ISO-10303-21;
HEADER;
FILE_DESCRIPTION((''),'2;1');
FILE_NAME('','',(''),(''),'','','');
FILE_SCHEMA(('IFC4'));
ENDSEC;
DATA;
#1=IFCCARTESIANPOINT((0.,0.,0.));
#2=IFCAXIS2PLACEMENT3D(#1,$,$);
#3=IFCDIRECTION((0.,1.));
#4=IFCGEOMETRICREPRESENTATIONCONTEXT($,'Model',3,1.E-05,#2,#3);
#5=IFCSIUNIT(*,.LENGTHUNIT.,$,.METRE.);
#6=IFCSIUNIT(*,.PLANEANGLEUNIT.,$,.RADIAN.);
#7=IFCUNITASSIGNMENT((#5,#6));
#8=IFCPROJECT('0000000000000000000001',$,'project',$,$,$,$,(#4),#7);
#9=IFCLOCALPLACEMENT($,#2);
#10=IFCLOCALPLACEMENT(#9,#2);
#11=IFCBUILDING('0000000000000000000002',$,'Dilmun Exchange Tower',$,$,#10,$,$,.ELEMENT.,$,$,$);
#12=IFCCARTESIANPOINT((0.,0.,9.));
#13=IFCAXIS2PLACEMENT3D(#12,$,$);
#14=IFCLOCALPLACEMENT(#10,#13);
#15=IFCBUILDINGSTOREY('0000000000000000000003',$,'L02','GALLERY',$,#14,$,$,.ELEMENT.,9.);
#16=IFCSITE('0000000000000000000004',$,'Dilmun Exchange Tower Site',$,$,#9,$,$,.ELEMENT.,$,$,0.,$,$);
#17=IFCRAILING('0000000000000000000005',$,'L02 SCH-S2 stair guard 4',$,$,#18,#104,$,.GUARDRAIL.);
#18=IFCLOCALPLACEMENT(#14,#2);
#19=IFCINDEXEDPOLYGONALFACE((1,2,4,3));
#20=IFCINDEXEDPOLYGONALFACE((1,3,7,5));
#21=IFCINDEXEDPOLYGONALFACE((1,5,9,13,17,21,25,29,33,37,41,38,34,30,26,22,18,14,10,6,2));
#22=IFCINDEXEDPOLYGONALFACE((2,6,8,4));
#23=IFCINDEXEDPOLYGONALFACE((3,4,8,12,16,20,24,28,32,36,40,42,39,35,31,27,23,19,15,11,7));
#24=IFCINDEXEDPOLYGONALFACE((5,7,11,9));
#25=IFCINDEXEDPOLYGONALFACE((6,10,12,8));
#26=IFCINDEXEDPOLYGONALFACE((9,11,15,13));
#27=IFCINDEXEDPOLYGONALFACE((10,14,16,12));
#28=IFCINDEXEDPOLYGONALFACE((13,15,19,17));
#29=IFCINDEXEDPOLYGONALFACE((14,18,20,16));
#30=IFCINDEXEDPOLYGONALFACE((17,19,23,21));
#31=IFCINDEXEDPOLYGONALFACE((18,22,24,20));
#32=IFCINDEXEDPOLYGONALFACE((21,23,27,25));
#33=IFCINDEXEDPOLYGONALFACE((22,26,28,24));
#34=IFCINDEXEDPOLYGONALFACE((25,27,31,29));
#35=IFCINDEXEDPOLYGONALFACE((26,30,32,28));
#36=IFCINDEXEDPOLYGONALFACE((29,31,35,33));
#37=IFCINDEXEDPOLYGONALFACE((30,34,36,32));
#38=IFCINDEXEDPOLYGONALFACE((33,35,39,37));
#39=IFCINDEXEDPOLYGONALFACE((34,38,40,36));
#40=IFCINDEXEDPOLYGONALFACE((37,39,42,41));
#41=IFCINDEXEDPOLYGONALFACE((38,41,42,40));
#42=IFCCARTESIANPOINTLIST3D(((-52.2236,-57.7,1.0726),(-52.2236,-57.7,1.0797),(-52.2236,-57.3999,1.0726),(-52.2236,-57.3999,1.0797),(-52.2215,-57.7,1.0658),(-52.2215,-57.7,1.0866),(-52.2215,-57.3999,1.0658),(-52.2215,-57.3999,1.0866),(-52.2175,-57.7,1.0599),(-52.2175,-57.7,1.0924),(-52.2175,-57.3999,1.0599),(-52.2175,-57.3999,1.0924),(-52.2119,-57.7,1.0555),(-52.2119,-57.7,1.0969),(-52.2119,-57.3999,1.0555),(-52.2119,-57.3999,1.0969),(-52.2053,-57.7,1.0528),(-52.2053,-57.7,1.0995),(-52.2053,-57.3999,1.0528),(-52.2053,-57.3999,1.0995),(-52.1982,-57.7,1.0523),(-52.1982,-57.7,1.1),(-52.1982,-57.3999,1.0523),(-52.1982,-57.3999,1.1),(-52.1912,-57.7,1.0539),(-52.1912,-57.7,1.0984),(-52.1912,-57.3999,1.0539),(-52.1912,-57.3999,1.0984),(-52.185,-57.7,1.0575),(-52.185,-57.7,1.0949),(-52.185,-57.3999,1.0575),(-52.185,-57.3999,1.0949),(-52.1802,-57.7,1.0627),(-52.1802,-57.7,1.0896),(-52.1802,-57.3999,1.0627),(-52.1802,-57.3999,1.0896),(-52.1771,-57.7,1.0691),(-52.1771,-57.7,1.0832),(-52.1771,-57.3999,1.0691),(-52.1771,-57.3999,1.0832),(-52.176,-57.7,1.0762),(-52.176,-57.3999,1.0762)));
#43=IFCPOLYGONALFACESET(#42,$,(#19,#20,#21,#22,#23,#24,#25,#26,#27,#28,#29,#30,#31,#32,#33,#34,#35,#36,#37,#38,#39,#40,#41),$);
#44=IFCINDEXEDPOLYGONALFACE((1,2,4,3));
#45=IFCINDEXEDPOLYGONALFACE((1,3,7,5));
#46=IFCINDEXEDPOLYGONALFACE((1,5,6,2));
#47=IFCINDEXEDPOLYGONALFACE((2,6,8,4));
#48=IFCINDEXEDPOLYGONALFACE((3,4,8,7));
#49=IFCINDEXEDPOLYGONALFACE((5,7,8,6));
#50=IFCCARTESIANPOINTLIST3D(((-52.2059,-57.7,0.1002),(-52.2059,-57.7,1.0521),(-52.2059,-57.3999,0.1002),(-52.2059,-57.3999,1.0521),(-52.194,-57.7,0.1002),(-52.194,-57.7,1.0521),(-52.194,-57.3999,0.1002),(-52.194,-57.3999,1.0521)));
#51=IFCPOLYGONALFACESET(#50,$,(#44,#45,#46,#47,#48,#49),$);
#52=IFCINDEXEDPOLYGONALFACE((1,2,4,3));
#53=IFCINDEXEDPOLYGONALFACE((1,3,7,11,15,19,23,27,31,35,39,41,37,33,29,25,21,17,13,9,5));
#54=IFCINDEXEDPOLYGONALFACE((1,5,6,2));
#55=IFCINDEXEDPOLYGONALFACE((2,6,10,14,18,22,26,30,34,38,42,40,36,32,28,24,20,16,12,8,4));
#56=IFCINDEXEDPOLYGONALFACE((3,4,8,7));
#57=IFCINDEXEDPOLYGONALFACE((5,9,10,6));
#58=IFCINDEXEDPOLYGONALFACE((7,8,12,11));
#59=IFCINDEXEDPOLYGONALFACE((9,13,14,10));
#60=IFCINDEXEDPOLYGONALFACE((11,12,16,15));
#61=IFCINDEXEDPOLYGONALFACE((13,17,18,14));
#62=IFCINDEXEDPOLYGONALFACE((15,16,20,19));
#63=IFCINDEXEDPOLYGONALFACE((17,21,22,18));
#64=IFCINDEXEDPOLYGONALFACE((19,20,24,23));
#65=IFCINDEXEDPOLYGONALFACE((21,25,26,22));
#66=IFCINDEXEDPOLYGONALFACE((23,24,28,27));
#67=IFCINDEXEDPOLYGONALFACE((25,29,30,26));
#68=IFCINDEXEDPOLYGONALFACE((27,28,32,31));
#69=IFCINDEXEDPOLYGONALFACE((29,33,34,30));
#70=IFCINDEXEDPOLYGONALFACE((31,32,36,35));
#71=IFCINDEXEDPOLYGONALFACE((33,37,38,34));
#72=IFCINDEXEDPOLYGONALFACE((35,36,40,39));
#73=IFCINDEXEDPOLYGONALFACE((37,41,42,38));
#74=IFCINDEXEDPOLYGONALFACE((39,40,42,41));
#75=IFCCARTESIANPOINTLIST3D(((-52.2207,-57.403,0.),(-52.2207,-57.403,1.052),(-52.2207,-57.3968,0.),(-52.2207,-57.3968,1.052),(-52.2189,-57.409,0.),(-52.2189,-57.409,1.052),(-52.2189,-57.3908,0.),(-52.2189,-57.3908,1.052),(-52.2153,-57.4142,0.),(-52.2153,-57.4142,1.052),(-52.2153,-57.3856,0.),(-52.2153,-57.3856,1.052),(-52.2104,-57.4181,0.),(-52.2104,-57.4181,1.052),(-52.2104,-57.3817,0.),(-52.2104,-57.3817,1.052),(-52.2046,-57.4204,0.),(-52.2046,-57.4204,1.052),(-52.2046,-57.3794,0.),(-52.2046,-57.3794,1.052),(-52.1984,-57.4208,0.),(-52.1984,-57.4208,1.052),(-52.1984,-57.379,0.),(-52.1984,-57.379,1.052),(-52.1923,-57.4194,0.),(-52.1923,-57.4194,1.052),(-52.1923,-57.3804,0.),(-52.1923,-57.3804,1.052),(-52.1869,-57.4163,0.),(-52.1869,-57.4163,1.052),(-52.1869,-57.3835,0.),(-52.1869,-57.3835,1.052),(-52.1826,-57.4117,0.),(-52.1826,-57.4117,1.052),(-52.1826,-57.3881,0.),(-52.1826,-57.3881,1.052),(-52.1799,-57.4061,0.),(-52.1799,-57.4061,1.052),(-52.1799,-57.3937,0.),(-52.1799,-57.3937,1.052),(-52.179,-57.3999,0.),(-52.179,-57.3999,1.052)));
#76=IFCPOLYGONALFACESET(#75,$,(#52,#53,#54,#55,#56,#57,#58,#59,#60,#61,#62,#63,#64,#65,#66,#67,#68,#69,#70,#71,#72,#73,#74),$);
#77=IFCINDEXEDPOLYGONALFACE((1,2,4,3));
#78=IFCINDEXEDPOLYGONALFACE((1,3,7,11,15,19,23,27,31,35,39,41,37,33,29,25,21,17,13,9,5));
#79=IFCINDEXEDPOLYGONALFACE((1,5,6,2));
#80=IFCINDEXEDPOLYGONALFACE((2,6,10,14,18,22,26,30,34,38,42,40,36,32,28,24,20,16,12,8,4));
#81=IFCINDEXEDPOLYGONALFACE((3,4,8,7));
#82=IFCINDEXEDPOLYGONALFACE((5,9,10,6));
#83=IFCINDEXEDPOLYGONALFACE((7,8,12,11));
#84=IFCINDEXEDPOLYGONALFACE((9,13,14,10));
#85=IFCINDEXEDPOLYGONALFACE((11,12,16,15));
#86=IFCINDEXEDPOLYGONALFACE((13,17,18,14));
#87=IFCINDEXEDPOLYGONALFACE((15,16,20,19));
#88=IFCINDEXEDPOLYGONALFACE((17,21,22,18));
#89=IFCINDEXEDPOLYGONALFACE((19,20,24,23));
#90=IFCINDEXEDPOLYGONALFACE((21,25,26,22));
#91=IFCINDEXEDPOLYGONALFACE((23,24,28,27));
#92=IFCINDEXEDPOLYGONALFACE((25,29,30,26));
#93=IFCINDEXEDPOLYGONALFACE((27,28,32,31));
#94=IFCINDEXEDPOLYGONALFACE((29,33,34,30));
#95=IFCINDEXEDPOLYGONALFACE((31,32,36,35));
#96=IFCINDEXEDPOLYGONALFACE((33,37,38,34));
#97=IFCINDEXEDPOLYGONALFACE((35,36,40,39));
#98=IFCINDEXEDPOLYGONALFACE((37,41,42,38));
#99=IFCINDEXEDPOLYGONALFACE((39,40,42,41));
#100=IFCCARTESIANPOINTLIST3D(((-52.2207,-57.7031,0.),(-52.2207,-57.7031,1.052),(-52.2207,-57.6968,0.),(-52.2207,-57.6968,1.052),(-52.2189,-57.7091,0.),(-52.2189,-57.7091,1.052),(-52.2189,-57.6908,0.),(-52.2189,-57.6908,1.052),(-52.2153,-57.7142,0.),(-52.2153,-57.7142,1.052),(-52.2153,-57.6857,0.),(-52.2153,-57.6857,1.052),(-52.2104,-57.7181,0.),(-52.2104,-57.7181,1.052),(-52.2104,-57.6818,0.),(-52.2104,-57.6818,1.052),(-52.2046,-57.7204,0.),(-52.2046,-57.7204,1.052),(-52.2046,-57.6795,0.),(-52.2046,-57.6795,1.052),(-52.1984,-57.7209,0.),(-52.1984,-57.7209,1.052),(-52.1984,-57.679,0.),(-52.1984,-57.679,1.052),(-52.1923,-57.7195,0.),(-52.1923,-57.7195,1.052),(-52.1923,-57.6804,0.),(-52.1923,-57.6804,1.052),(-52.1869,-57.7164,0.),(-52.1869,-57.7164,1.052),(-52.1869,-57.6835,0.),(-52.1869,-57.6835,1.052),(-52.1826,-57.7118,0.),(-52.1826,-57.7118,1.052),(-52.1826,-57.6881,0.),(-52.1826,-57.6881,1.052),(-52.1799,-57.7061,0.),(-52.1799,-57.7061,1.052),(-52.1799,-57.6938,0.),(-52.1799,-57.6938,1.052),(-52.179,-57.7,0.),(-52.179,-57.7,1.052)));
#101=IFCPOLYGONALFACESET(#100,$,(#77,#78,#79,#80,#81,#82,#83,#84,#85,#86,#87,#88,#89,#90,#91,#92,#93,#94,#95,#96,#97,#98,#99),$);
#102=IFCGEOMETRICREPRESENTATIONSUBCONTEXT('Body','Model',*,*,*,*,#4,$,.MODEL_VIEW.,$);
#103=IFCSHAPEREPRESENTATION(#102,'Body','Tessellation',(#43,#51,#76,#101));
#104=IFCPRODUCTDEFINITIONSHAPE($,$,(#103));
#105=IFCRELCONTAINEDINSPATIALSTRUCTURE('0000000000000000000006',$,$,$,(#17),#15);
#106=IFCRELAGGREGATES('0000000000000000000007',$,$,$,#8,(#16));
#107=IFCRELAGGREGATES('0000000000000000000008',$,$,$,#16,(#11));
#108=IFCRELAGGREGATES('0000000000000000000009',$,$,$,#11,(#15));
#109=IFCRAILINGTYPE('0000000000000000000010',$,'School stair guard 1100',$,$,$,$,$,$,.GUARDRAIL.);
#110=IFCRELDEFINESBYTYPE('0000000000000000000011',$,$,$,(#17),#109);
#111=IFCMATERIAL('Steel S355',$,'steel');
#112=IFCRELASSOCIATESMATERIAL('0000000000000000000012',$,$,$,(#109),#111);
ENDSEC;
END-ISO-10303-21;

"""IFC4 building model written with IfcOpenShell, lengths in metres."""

from ifc_helpers import new_model, si_unit, direction, frame, origin, origin_2d, place, context, subcontext, project, spatial, rectangle, circle, extrude, material, type_object, element, save


model = new_model("IFC4")

# Units and contexts
model_context = context("Model", 3, precision=1e-05, world=origin(), true_north=direction((0.0, 1.0)))
body_context = subcontext(model_context, "Body", "Model", "MODEL_VIEW")
ifc_project = project(units=[si_unit("LENGTHUNIT", "METRE"), si_unit("PLANEANGLEUNIT", "RADIAN")], contexts=[model_context])

# Site, building, storey
site_placement = place(None, origin())
site = spatial("IfcSite", under=ifc_project, at=site_placement, Name="Dilmun Exchange Tower Site", CompositionType="ELEMENT", RefElevation=0.0)
building_placement = place(site_placement, origin())
building = spatial("IfcBuilding", under=site, at=building_placement, Name="Dilmun Exchange Tower", CompositionType="ELEMENT")
storey_placement = place(building_placement, frame((0.0, 0.0, 9.0)))
storey = spatial("IfcBuildingStorey", under=building, at=storey_placement, Name="L02", Description="GALLERY", CompositionType="ELEMENT", Elevation=9.0)

# Railing
ifc_material_1 = material(Name="Steel S355", Category="steel")
railing_type_1 = type_object("IfcRailingType", Name="School stair guard 1100", PredefinedType="GUARDRAIL", material=ifc_material_1)
railing_1_placement = place(storey_placement, frame((-52.2, -57.3999, 0.0)))
element("IfcRailing", 1, at=railing_1_placement, inside=storey, type_object=railing_type_1, Name="L02 SCH-S2 stair guard 4", PredefinedType="GUARDRAIL", context=body_context, shape_type="SweptSolid", body=[
    extrude(circle(Radius=0.0239, at=origin_2d()), frame((0.0, 0.0, 1.0762), z_axis=(0.0, -1.0, 0.0), x_axis=(1.0, 0.0, 0.0)), (0.0, 0.0, 1.0), 0.3),
    extrude(rectangle(XDim=0.012, YDim=0.9519, at=origin_2d()), frame((0.0, 0.0, 0.5762), z_axis=(0.0, -1.0, 0.0), x_axis=(1.0, 0.0, 0.0)), (0.0, 0.0, 1.0), 0.3),
    extrude(circle(Radius=0.021, at=origin_2d()), origin(), (0.0, 0.0, 1.0), 1.052),
    extrude(circle(Radius=0.021, at=origin_2d()), frame((0.0, -0.3, 0.0)), (0.0, 0.0, 1.0), 1.052),
])

save(model, "model.ifc")
